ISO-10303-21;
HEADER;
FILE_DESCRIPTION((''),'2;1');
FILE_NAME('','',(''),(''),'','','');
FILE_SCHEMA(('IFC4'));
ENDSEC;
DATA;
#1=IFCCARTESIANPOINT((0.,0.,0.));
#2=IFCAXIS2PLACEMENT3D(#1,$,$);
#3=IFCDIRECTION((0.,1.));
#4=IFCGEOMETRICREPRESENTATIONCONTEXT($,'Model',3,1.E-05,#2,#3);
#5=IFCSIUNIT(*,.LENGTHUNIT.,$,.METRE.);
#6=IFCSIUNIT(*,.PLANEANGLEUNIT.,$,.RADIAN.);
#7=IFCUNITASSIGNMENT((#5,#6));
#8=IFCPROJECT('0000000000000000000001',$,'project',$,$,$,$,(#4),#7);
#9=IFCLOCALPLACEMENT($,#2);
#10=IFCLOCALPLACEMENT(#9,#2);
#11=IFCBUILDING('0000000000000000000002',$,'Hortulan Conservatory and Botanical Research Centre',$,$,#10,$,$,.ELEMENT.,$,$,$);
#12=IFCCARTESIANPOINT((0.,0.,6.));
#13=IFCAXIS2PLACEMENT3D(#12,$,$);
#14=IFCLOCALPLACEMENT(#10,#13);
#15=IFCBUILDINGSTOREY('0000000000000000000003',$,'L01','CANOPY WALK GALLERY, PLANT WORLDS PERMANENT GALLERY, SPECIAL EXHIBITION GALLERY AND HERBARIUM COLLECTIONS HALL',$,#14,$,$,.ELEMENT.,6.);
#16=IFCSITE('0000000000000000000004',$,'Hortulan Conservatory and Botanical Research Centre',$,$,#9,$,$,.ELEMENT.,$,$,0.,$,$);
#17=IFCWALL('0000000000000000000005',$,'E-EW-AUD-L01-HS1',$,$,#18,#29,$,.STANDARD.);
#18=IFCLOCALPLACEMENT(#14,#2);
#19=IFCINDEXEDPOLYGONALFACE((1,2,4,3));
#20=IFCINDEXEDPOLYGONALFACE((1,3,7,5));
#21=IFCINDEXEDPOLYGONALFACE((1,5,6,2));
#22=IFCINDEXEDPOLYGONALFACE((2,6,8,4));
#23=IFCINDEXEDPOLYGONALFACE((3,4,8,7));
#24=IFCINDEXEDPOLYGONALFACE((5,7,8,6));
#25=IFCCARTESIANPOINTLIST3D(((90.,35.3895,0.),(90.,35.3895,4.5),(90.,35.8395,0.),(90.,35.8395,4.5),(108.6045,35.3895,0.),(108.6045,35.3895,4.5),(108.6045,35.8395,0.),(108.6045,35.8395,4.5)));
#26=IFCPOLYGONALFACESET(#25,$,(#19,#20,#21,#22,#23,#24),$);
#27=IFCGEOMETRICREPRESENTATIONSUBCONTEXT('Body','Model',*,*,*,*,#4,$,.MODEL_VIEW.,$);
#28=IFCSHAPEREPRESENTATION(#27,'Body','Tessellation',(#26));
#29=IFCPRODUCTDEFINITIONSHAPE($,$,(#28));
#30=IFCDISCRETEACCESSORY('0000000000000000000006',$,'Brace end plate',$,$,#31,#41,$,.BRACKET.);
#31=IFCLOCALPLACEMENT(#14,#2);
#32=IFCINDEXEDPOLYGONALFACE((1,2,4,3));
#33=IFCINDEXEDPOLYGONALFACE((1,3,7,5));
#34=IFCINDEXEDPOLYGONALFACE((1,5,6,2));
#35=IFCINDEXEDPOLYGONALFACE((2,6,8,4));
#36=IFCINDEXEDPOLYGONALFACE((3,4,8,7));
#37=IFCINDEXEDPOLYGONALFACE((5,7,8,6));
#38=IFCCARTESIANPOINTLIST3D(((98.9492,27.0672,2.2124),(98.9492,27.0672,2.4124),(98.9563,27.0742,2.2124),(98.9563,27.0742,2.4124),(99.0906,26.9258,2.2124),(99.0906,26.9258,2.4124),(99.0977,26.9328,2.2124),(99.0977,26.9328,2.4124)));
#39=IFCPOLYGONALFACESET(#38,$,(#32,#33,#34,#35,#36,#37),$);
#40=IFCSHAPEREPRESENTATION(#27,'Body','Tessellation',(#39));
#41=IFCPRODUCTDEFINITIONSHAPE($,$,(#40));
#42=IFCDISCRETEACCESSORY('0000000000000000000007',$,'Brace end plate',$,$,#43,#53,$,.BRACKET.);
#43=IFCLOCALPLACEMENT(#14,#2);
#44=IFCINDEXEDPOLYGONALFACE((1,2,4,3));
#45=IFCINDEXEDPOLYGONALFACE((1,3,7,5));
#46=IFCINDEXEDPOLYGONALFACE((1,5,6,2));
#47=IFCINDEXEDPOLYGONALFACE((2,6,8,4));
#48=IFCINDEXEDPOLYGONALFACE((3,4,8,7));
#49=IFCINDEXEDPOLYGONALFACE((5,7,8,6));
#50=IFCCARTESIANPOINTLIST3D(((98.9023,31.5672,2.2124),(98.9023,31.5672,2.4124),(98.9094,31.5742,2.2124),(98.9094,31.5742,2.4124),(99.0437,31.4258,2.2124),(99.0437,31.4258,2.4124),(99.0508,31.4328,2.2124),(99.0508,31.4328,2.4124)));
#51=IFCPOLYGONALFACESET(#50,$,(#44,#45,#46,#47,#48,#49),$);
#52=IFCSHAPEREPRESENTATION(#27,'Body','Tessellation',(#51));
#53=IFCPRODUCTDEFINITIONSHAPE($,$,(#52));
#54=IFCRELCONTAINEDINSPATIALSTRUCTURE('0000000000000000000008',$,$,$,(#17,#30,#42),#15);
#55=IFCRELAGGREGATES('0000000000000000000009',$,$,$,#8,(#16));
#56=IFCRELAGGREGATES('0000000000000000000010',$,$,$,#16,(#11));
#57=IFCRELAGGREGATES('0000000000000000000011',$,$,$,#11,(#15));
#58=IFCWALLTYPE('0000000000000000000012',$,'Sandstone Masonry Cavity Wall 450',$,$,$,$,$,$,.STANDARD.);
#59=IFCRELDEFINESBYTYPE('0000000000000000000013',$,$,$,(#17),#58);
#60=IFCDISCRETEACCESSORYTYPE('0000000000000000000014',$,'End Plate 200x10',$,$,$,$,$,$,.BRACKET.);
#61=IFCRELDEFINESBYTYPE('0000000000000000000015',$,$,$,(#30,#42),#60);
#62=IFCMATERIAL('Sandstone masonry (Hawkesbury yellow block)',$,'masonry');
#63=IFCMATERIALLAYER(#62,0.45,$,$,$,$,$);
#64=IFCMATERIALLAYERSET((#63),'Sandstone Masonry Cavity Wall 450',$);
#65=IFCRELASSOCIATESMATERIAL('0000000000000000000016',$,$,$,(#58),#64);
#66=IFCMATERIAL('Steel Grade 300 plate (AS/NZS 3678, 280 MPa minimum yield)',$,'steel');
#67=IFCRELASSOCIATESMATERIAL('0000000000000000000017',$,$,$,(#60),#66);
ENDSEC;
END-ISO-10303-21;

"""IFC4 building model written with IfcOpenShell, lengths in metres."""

from ifc_helpers import new_model, si_unit, direction, frame, frame_2d, origin, origin_2d, place, context, subcontext, project, spatial, rectangle, extrude, material, layer, layer_set, type_object, element, save


model = new_model("IFC4")

# Units and contexts
model_context = context("Model", 3, precision=1e-05, world=origin(), true_north=direction((0.0, 1.0)))
body_context = subcontext(model_context, "Body", "Model", "MODEL_VIEW")
ifc_project = project(units=[si_unit("LENGTHUNIT", "METRE"), si_unit("PLANEANGLEUNIT", "RADIAN")], contexts=[model_context])

# Site, building, storey
site_placement = place(None, origin())
site = spatial("IfcSite", under=ifc_project, at=site_placement, Name="Hortulan Conservatory and Botanical Research Centre", CompositionType="ELEMENT", RefElevation=0.0)
building_placement = place(site_placement, origin())
building = spatial("IfcBuilding", under=site, at=building_placement, Name="Hortulan Conservatory and Botanical Research Centre", CompositionType="ELEMENT")
storey_placement = place(building_placement, frame((0.0, 0.0, 6.0)))
storey = spatial("IfcBuildingStorey", under=building, at=storey_placement, Name="L01", Description="CANOPY WALK GALLERY, PLANT WORLDS PERMANENT GALLERY, SPECIAL EXHIBITION GALLERY AND HERBARIUM COLLECTIONS HALL", CompositionType="ELEMENT", Elevation=6.0)

# Wall
ifc_material_1 = material(Name="Sandstone masonry (Hawkesbury yellow block)", Category="masonry")
ifc_layer_1 = layer(ifc_material_1, 0.45)
ifc_layer_set_1 = layer_set([ifc_layer_1], Name="Sandstone Masonry Cavity Wall 450")
wall_type_1 = type_object("IfcWallType", Name="Sandstone Masonry Cavity Wall 450", PredefinedType="STANDARD", material=ifc_layer_set_1)
wall_1_placement = place(storey_placement, frame((108.6045, 35.6145, 0.0), z_axis=(0.0, 0.0, 1.0), x_axis=(-1.0, 0.0, 0.0)))
element("IfcWall", 1, at=wall_1_placement, inside=storey, type_object=wall_type_1, Name="E-EW-AUD-L01-HS1", PredefinedType="STANDARD", context=body_context, shape_type="SweptSolid", body=[
    extrude(rectangle(XDim=18.6045, YDim=0.45, at=frame_2d((9.3022, 0.0))), origin(), (0.0, 0.0, 1.0), 4.5),
])

# Discrete accessories
ifc_material_2 = material(Name="Steel Grade 300 plate (AS/NZS 3678, 280 MPa minimum yield)", Category="steel")
discrete_accessory_type = type_object("IfcDiscreteAccessoryType", Name="End Plate 200x10", PredefinedType="BRACKET", material=ifc_material_2)
for number, where, z_axis, x_axis, name in (
    (2, (99.0234, 27.0, 2.2124), (0.0, 0.0, 1.0), (0.707107, -0.707107, 0.0), "Brace end plate"),
    (3, (98.9766, 31.5, 2.2124), (0.0, 0.0, 1.0), (0.707107, -0.707107, 0.0), "Brace end plate"),
):
    element("IfcDiscreteAccessory", number, at=place(storey_placement, frame(where, z_axis=z_axis, x_axis=x_axis)), inside=storey, type_object=discrete_accessory_type, Name=name, PredefinedType="BRACKET", context=body_context, shape_type="SweptSolid", body=[
        extrude(rectangle(XDim=0.2, YDim=0.01, at=origin_2d()), origin(), (0.0, 0.0, 1.0), 0.2),
    ])

save(model, "model.ifc")
